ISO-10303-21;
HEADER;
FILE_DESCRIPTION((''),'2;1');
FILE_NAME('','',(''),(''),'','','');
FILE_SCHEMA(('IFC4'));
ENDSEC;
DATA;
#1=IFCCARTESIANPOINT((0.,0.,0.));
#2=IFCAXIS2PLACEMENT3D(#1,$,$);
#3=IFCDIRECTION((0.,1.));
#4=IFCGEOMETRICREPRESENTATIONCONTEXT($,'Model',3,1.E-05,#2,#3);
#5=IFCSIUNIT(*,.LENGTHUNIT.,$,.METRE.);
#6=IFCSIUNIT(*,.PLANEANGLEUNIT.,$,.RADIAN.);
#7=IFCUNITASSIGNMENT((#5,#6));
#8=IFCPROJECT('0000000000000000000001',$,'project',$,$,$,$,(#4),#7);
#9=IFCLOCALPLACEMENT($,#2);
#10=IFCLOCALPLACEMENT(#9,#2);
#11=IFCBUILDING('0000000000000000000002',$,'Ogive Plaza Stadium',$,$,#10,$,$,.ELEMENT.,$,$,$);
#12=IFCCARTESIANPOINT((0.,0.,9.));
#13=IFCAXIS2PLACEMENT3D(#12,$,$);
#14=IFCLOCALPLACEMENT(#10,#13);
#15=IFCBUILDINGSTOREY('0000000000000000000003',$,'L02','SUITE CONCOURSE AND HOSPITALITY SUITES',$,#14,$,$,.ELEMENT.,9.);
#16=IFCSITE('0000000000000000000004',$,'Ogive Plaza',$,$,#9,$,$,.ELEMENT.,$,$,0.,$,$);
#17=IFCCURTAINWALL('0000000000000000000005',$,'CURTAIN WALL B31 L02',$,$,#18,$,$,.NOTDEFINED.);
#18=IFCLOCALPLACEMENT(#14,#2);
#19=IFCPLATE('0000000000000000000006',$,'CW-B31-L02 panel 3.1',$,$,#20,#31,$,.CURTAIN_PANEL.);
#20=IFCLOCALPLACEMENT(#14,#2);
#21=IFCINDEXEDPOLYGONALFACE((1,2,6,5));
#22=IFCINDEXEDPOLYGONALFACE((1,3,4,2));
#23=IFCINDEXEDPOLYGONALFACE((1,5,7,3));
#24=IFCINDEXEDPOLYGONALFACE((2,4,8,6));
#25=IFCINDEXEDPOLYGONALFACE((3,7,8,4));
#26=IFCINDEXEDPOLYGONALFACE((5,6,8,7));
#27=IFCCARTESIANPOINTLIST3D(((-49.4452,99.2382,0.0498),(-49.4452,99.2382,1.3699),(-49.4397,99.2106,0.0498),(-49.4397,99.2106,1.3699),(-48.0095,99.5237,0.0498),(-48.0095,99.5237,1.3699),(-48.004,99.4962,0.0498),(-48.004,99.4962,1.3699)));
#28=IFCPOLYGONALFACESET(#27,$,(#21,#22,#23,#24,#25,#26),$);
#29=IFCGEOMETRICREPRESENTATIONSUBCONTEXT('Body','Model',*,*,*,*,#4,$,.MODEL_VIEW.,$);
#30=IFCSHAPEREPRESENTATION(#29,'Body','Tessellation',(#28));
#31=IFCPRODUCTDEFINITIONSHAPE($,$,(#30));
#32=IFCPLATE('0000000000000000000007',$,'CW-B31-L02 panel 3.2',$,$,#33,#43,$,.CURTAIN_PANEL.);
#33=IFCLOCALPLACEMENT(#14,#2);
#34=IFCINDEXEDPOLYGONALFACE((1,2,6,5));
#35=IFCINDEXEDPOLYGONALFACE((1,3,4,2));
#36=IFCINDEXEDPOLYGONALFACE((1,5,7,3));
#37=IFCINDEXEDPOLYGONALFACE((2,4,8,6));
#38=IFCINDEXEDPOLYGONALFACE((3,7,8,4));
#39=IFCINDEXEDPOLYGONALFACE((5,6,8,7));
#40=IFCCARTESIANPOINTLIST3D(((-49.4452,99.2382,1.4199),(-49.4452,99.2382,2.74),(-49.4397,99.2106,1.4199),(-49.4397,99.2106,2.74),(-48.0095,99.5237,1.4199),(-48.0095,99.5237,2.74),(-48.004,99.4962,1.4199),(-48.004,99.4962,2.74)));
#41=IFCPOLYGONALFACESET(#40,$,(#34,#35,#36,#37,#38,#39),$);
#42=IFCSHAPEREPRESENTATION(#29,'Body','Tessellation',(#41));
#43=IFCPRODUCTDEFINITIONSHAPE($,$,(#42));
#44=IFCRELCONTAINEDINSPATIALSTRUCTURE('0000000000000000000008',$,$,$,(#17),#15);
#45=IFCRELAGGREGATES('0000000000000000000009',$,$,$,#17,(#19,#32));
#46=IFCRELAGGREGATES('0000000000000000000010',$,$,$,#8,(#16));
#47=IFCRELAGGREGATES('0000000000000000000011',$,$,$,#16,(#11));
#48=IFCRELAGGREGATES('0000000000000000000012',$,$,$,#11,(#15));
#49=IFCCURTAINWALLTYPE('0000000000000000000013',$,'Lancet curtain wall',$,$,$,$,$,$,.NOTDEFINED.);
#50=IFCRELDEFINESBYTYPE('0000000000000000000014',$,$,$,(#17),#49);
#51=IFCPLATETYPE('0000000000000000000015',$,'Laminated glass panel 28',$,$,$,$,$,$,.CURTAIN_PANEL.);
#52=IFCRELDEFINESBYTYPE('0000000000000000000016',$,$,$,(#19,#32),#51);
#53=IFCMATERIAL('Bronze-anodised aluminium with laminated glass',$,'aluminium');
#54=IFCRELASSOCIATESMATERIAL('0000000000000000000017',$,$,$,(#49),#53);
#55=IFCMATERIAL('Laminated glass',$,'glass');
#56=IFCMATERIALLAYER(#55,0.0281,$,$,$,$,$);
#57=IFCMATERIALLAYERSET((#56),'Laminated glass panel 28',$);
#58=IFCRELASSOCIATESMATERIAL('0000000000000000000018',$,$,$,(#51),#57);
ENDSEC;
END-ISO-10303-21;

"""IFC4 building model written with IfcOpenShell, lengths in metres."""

from ifc_helpers import new_model, si_unit, direction, frame, origin, origin_2d, place, context, subcontext, project, spatial, rectangle, extrude, material, layer, layer_set, type_object, element, aggregate, save


model = new_model("IFC4")

# Units and contexts
model_context = context("Model", 3, precision=1e-05, world=origin(), true_north=direction((0.0, 1.0)))
body_context = subcontext(model_context, "Body", "Model", "MODEL_VIEW")
ifc_project = project(units=[si_unit("LENGTHUNIT", "METRE"), si_unit("PLANEANGLEUNIT", "RADIAN")], contexts=[model_context])

# Site, building, storey
site_placement = place(None, origin())
site = spatial("IfcSite", under=ifc_project, at=site_placement, Name="Ogive Plaza", CompositionType="ELEMENT", RefElevation=0.0)
building_placement = place(site_placement, origin())
building = spatial("IfcBuilding", under=site, at=building_placement, Name="Ogive Plaza Stadium", CompositionType="ELEMENT")
storey_placement = place(building_placement, frame((0.0, 0.0, 9.0)))
storey = spatial("IfcBuildingStorey", under=building, at=storey_placement, Name="L02", Description="SUITE CONCOURSE AND HOSPITALITY SUITES", CompositionType="ELEMENT", Elevation=9.0)

# Shared definitions
ifc_material_1 = material(Name="Bronze-anodised aluminium with laminated glass", Category="aluminium")
curtain_wall_type = type_object("IfcCurtainWallType", Name="Lancet curtain wall", PredefinedType="NOTDEFINED", material=ifc_material_1)

# Curtain wall
curtain_wall_1_placement = place(storey_placement, origin())
curtain_wall_1 = element("IfcCurtainWall", 1, at=curtain_wall_1_placement, inside=storey, type_object=curtain_wall_type, Name="CURTAIN WALL B31 L02", PredefinedType="NOTDEFINED")

# Plates
ifc_material_2 = material(Name="Laminated glass", Category="glass")
ifc_layer = layer(ifc_material_2, 0.0281)
ifc_layer_set = layer_set([ifc_layer], Name="Laminated glass panel 28")
plate_type = type_object("IfcPlateType", Name="Laminated glass panel 28", PredefinedType="CURTAIN_PANEL", material=ifc_layer_set)
plate_1_placement = place(storey_placement, frame((-48.7246, 99.3672, 0.0498), z_axis=(0.0, 0.0, 1.0), x_axis=(0.980785, 0.19509, 0.0)))
plate_1 = element("IfcPlate", 2, at=plate_1_placement, type_object=plate_type, Name="CW-B31-L02 panel 3.1", PredefinedType="CURTAIN_PANEL", context=body_context, shape_type="SweptSolid", body=[
    extrude(rectangle(XDim=1.4639, YDim=0.0281, at=origin_2d()), origin(), (0.0, 0.0, 1.0), 1.3201),
])
plate_2_placement = place(storey_placement, frame((-48.7246, 99.3672, 1.4199), z_axis=(0.0, 0.0, 1.0), x_axis=(0.980785, 0.19509, 0.0)))
plate_2 = element("IfcPlate", 3, at=plate_2_placement, type_object=plate_type, Name="CW-B31-L02 panel 3.2", PredefinedType="CURTAIN_PANEL", context=body_context, shape_type="SweptSolid", body=[
    extrude(rectangle(XDim=1.4639, YDim=0.0281, at=origin_2d()), origin(), (0.0, 0.0, 1.0), 1.3201),
])
aggregate(curtain_wall_1, [plate_1, plate_2])

save(model, "model.ifc")
